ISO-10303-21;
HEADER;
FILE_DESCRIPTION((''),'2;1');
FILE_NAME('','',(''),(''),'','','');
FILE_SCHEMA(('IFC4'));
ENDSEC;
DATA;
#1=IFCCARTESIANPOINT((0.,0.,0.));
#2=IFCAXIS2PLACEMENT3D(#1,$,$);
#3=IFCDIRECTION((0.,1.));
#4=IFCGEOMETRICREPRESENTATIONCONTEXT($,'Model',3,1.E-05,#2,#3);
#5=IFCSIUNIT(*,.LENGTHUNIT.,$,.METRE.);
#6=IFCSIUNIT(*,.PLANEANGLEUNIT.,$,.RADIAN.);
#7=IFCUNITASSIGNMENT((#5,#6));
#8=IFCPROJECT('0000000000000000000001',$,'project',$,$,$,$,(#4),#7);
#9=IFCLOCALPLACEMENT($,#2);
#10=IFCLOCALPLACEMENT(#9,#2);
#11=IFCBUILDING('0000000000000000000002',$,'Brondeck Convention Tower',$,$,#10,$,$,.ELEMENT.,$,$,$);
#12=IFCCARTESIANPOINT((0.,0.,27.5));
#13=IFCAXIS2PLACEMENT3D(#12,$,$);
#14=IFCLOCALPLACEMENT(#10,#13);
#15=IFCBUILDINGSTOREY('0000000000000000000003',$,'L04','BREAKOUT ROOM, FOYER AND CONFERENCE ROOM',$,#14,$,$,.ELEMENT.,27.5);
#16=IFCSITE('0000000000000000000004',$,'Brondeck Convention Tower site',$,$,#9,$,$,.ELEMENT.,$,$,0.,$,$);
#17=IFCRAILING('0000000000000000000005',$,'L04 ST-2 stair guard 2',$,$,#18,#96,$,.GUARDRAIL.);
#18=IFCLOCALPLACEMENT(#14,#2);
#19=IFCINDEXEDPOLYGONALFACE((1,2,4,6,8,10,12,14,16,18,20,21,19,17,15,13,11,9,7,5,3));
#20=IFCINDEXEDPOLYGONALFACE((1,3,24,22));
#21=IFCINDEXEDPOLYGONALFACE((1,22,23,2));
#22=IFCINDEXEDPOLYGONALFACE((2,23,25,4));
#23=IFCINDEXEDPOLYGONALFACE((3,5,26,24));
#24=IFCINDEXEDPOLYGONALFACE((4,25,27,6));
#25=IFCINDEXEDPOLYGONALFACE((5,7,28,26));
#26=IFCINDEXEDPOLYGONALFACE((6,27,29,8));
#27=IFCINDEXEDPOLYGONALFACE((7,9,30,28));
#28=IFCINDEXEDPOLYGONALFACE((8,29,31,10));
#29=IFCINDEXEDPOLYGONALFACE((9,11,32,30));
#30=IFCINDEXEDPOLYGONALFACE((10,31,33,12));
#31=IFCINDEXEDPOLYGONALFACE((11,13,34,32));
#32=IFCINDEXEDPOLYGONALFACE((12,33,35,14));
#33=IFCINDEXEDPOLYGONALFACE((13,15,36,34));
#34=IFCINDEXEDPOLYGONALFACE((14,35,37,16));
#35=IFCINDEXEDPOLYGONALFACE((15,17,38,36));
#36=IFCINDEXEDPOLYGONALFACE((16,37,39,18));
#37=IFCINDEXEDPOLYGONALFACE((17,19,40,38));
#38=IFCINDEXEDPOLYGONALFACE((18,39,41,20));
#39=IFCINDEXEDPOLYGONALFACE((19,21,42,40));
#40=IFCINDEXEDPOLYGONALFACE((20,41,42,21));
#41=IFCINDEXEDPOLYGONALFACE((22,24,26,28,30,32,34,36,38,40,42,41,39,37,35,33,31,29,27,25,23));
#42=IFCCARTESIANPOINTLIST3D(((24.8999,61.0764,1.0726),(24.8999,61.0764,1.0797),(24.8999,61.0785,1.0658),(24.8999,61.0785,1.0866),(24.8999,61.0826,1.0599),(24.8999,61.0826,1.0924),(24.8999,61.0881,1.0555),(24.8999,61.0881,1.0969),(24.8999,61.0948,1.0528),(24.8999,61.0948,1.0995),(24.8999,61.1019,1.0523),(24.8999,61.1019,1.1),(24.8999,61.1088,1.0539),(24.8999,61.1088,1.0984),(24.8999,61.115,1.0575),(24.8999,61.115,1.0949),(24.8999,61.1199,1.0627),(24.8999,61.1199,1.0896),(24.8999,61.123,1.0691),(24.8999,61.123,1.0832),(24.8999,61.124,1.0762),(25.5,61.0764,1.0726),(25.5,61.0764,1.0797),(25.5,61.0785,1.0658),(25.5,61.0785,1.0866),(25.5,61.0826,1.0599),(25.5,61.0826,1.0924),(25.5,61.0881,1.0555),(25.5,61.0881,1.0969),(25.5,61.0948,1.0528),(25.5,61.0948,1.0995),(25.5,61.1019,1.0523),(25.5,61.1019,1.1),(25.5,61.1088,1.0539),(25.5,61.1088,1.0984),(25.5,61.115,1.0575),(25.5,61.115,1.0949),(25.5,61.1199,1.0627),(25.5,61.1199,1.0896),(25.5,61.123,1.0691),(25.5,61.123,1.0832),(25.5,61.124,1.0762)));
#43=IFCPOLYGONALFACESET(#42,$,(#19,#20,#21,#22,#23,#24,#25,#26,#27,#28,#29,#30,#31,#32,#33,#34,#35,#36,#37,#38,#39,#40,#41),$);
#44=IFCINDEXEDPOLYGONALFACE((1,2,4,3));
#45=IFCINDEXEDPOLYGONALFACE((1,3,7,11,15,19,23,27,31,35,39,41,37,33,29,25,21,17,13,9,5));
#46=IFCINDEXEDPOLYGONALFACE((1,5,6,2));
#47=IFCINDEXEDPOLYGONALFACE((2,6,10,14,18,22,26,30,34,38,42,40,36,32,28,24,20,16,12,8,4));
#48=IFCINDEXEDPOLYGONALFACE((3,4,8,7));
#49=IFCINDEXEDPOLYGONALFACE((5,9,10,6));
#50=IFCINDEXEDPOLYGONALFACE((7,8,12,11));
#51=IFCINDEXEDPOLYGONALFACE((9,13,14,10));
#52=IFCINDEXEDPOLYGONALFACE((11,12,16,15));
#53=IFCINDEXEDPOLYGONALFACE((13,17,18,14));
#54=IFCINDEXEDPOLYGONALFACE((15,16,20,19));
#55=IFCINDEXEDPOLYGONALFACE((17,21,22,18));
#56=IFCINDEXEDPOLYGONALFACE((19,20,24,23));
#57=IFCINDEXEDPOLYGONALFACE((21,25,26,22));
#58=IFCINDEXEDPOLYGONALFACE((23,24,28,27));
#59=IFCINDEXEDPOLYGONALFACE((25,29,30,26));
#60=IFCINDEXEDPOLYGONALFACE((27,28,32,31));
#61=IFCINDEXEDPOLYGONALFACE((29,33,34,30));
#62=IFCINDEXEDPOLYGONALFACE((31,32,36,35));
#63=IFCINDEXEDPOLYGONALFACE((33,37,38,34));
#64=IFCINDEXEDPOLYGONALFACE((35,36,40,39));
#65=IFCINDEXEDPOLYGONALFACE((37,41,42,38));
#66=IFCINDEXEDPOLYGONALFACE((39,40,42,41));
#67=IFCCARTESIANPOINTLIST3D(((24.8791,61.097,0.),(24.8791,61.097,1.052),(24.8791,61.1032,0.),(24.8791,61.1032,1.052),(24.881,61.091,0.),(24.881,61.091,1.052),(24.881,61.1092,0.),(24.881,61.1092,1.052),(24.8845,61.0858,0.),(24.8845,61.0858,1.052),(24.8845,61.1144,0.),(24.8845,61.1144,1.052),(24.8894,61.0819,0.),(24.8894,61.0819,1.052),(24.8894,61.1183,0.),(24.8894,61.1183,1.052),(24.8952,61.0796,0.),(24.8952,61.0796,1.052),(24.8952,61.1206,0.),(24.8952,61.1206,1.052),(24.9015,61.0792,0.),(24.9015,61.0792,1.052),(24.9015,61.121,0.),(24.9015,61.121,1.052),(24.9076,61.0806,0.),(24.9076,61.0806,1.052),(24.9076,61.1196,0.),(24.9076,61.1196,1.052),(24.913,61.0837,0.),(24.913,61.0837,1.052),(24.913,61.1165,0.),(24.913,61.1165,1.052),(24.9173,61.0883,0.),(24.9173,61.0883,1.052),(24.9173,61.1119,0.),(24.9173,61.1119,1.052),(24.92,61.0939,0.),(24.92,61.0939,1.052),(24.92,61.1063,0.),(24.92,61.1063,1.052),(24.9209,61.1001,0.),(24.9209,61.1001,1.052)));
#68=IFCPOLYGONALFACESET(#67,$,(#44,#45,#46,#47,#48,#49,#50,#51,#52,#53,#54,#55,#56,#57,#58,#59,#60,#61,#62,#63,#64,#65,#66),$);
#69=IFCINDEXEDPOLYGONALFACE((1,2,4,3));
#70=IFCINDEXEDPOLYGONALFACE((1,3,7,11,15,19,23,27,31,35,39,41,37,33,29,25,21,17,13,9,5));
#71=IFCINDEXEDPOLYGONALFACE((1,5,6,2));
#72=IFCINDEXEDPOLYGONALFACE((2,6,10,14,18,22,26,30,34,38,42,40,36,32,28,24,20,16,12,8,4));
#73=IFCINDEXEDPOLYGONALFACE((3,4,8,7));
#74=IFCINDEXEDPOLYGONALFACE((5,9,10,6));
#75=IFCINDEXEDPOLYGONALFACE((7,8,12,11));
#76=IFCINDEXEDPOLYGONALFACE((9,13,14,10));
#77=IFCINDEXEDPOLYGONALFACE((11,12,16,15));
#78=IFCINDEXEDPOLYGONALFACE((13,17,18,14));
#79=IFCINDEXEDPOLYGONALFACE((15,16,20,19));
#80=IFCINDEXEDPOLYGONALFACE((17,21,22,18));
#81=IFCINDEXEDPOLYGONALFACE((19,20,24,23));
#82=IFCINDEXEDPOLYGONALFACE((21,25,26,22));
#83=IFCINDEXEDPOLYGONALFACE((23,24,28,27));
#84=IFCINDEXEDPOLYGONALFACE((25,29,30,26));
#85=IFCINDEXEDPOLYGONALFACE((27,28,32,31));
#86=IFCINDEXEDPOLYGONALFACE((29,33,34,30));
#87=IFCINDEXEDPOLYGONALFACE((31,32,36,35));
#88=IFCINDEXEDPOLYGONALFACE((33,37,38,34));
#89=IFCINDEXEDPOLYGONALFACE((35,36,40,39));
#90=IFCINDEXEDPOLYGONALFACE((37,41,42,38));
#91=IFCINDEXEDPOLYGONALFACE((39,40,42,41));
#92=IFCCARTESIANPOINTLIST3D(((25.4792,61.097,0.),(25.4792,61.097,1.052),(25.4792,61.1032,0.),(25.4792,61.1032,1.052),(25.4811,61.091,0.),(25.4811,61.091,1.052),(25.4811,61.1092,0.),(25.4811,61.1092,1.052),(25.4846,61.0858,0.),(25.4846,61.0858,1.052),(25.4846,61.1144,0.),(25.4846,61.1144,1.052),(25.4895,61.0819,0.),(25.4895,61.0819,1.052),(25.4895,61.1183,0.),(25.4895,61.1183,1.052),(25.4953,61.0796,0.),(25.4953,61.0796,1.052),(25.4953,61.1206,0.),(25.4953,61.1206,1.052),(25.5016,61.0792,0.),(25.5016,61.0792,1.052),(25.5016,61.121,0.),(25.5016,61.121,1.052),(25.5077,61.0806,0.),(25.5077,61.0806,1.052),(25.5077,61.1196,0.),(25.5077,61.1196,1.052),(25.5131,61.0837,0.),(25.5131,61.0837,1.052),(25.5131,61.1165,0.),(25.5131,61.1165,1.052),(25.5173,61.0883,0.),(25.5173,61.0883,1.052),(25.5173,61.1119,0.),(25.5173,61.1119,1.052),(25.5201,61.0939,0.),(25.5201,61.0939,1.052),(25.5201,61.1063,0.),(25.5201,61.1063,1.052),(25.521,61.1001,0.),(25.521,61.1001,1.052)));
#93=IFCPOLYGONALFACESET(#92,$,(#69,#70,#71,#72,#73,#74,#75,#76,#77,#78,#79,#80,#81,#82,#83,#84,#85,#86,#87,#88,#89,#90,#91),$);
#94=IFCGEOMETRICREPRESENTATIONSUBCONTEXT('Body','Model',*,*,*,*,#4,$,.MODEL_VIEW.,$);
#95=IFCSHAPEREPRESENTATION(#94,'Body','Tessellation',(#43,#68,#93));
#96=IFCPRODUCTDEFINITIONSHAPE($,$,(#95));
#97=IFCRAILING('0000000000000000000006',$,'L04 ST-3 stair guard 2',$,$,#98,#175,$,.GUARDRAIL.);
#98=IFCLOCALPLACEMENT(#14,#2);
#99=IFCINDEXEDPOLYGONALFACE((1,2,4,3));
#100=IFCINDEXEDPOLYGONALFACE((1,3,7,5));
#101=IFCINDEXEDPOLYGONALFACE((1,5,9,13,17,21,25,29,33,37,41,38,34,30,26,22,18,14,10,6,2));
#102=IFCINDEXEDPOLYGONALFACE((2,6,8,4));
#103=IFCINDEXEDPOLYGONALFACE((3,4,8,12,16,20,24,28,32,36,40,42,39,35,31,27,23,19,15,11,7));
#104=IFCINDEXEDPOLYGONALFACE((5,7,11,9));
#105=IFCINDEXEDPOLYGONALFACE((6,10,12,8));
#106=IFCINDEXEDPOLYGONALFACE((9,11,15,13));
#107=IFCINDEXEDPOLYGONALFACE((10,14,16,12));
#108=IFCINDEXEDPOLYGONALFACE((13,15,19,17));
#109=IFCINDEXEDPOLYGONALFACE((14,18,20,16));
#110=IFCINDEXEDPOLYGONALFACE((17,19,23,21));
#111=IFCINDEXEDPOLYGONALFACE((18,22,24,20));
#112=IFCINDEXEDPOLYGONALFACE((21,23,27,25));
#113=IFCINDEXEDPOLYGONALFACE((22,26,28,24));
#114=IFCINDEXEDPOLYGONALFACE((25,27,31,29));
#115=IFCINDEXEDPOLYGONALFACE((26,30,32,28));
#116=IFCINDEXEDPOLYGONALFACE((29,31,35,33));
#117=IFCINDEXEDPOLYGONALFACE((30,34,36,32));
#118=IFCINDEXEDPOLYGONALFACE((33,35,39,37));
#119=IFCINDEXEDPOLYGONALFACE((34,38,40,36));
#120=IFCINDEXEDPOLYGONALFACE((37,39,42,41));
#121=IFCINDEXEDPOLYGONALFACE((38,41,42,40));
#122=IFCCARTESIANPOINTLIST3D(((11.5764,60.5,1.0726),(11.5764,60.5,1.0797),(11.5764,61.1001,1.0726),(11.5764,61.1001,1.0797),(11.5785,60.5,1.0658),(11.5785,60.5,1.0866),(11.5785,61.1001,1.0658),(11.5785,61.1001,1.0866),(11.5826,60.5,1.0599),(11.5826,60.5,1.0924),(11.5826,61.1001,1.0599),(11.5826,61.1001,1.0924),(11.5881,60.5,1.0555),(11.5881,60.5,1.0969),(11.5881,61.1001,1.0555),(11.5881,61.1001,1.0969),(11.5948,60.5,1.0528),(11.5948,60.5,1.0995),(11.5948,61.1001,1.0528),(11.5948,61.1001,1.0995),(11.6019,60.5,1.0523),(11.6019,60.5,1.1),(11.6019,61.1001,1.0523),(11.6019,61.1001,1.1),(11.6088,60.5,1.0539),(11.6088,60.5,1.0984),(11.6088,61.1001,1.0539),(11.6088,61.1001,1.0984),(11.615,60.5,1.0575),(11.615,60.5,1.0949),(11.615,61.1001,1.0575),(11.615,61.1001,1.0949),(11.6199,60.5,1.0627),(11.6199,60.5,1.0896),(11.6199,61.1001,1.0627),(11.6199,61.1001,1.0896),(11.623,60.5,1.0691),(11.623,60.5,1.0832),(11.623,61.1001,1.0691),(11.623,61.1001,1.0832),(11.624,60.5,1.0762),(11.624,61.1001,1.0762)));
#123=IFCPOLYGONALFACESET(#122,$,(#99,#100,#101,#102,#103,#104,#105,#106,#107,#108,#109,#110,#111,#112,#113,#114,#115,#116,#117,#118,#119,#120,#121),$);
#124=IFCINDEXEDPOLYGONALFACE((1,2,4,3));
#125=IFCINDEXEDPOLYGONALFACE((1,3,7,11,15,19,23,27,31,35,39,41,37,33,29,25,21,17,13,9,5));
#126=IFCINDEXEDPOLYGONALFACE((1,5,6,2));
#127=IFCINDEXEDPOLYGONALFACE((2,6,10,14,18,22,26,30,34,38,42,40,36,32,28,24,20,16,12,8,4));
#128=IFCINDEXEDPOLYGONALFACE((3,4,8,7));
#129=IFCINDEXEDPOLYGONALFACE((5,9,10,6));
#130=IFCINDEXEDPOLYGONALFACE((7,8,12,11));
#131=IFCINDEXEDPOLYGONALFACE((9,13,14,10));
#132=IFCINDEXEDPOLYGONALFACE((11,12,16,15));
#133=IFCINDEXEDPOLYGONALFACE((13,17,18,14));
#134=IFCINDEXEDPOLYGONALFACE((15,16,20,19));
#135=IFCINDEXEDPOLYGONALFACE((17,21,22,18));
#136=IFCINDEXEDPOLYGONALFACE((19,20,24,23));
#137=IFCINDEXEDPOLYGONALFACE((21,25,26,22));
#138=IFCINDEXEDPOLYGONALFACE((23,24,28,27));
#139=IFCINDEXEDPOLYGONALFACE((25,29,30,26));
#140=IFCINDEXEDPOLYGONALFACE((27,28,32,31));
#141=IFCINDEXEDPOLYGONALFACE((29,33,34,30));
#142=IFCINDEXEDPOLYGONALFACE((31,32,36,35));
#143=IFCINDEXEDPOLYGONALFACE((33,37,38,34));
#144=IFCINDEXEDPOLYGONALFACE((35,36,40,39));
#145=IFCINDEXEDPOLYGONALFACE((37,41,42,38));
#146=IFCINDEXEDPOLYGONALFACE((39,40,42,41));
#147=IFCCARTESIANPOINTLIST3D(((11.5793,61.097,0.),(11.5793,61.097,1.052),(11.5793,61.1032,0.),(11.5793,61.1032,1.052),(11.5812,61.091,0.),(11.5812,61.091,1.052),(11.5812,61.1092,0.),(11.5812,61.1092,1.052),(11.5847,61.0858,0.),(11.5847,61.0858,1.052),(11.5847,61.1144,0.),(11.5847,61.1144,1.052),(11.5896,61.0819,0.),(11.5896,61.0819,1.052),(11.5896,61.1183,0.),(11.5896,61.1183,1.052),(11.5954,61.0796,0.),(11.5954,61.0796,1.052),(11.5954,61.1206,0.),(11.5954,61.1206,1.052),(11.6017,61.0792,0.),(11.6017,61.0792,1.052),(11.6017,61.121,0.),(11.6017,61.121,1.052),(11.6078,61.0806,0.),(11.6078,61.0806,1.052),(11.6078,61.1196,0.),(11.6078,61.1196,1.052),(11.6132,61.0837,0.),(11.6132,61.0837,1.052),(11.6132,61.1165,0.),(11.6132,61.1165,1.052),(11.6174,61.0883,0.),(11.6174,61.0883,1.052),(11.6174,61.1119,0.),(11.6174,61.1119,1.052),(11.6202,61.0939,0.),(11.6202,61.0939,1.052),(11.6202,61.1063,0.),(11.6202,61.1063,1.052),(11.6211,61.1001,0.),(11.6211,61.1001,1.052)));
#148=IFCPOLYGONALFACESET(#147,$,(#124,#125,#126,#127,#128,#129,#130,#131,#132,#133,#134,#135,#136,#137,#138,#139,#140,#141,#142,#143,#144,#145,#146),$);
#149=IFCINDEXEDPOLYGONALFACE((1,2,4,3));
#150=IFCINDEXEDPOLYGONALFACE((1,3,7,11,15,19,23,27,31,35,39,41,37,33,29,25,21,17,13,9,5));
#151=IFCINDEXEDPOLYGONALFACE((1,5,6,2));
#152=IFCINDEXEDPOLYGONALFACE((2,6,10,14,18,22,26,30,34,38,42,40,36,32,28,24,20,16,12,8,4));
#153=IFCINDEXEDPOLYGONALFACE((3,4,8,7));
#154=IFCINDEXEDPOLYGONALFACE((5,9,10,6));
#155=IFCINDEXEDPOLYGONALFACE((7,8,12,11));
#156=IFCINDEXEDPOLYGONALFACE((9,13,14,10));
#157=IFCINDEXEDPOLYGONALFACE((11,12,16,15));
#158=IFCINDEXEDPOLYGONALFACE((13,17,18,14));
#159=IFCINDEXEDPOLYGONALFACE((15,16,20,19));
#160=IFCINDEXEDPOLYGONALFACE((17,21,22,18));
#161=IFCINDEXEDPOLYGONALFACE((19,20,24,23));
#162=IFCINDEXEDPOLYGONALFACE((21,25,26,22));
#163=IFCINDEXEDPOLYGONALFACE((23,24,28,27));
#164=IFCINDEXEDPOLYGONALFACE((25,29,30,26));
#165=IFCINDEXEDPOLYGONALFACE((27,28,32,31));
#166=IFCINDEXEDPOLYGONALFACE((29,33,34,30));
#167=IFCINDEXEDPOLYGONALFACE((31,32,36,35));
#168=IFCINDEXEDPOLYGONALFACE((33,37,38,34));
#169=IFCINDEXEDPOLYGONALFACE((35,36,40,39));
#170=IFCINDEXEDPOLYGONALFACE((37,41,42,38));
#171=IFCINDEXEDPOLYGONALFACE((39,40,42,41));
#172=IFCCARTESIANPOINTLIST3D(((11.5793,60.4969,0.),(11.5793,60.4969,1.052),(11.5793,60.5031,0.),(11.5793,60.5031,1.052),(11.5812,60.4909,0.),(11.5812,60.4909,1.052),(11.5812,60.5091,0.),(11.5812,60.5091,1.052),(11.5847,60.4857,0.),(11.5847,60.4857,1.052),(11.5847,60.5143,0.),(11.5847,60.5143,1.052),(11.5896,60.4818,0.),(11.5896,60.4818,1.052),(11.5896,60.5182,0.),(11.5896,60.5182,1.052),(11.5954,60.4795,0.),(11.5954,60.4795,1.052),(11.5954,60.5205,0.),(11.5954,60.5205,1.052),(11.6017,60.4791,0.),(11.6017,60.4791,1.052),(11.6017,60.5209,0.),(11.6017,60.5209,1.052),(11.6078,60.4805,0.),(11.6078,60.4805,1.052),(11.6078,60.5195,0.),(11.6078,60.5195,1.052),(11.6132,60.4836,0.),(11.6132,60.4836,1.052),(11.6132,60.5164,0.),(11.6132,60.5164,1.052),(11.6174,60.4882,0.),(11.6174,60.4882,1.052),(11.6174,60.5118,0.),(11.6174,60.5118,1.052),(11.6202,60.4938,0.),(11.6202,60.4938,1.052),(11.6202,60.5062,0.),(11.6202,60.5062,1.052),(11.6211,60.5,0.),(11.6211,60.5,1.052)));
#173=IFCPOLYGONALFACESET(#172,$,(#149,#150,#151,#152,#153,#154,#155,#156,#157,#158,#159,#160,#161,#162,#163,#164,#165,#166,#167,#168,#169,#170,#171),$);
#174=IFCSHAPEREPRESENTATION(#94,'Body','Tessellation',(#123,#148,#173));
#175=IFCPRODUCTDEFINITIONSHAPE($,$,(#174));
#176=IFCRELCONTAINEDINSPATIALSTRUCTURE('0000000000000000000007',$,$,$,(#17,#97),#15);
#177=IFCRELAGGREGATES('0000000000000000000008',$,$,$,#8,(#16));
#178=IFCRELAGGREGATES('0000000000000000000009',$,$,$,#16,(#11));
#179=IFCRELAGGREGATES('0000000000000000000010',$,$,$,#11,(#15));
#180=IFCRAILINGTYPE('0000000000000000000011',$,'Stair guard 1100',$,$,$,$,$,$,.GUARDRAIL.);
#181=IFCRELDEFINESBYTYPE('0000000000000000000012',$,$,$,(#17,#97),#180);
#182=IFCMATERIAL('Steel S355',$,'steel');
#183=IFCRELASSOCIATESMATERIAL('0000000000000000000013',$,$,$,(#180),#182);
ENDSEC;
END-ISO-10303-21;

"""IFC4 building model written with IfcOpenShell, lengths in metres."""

from ifc_helpers import new_model, si_unit, direction, frame, origin, origin_2d, place, context, subcontext, project, spatial, circle, extrude, material, type_object, element, save


model = new_model("IFC4")

# Units and contexts
model_context = context("Model", 3, precision=1e-05, world=origin(), true_north=direction((0.0, 1.0)))
body_context = subcontext(model_context, "Body", "Model", "MODEL_VIEW")
ifc_project = project(units=[si_unit("LENGTHUNIT", "METRE"), si_unit("PLANEANGLEUNIT", "RADIAN")], contexts=[model_context])

# Site, building, storey
site_placement = place(None, origin())
site = spatial("IfcSite", under=ifc_project, at=site_placement, Name="Brondeck Convention Tower site", CompositionType="ELEMENT", RefElevation=0.0)
building_placement = place(site_placement, origin())
building = spatial("IfcBuilding", under=site, at=building_placement, Name="Brondeck Convention Tower", CompositionType="ELEMENT")
storey_placement = place(building_placement, frame((0.0, 0.0, 27.5)))
storey = spatial("IfcBuildingStorey", under=building, at=storey_placement, Name="L04", Description="BREAKOUT ROOM, FOYER AND CONFERENCE ROOM", CompositionType="ELEMENT", Elevation=27.5)

# Railings
ifc_material_1 = material(Name="Steel S355", Category="steel")
railing_type_1 = type_object("IfcRailingType", Name="Stair guard 1100", PredefinedType="GUARDRAIL", material=ifc_material_1)
railing_1_placement = place(storey_placement, frame((24.8999, 61.1001, 0.0)))
element("IfcRailing", 1, at=railing_1_placement, inside=storey, type_object=railing_type_1, Name="L04 ST-2 stair guard 2", PredefinedType="GUARDRAIL", context=body_context, shape_type="SweptSolid", body=[
    extrude(circle(Radius=0.0239, at=origin_2d()), frame((0.0, 0.0, 1.0762), z_axis=(1.0, 0.0, 0.0), x_axis=(0.0, 1.0, 0.0)), (0.0, 0.0, 1.0), 0.6001),
    extrude(circle(Radius=0.021, at=origin_2d()), origin(), (0.0, 0.0, 1.0), 1.052),
    extrude(circle(Radius=0.021, at=origin_2d()), frame((0.6001, 0.0, 0.0)), (0.0, 0.0, 1.0), 1.052),
])
railing_2_placement = place(storey_placement, frame((11.6001, 61.1001, 0.0)))
element("IfcRailing", 2, at=railing_2_placement, inside=storey, type_object=railing_type_1, Name="L04 ST-3 stair guard 2", PredefinedType="GUARDRAIL", context=body_context, shape_type="SweptSolid", body=[
    extrude(circle(Radius=0.0239, at=origin_2d()), frame((0.0, 0.0, 1.0762), z_axis=(0.0, -1.0, 0.0), x_axis=(1.0, 0.0, 0.0)), (0.0, 0.0, 1.0), 0.6001),
    extrude(circle(Radius=0.021, at=origin_2d()), origin(), (0.0, 0.0, 1.0), 1.052),
    extrude(circle(Radius=0.021, at=origin_2d()), frame((0.0, -0.6001, 0.0)), (0.0, 0.0, 1.0), 1.052),
])

save(model, "model.ifc")
